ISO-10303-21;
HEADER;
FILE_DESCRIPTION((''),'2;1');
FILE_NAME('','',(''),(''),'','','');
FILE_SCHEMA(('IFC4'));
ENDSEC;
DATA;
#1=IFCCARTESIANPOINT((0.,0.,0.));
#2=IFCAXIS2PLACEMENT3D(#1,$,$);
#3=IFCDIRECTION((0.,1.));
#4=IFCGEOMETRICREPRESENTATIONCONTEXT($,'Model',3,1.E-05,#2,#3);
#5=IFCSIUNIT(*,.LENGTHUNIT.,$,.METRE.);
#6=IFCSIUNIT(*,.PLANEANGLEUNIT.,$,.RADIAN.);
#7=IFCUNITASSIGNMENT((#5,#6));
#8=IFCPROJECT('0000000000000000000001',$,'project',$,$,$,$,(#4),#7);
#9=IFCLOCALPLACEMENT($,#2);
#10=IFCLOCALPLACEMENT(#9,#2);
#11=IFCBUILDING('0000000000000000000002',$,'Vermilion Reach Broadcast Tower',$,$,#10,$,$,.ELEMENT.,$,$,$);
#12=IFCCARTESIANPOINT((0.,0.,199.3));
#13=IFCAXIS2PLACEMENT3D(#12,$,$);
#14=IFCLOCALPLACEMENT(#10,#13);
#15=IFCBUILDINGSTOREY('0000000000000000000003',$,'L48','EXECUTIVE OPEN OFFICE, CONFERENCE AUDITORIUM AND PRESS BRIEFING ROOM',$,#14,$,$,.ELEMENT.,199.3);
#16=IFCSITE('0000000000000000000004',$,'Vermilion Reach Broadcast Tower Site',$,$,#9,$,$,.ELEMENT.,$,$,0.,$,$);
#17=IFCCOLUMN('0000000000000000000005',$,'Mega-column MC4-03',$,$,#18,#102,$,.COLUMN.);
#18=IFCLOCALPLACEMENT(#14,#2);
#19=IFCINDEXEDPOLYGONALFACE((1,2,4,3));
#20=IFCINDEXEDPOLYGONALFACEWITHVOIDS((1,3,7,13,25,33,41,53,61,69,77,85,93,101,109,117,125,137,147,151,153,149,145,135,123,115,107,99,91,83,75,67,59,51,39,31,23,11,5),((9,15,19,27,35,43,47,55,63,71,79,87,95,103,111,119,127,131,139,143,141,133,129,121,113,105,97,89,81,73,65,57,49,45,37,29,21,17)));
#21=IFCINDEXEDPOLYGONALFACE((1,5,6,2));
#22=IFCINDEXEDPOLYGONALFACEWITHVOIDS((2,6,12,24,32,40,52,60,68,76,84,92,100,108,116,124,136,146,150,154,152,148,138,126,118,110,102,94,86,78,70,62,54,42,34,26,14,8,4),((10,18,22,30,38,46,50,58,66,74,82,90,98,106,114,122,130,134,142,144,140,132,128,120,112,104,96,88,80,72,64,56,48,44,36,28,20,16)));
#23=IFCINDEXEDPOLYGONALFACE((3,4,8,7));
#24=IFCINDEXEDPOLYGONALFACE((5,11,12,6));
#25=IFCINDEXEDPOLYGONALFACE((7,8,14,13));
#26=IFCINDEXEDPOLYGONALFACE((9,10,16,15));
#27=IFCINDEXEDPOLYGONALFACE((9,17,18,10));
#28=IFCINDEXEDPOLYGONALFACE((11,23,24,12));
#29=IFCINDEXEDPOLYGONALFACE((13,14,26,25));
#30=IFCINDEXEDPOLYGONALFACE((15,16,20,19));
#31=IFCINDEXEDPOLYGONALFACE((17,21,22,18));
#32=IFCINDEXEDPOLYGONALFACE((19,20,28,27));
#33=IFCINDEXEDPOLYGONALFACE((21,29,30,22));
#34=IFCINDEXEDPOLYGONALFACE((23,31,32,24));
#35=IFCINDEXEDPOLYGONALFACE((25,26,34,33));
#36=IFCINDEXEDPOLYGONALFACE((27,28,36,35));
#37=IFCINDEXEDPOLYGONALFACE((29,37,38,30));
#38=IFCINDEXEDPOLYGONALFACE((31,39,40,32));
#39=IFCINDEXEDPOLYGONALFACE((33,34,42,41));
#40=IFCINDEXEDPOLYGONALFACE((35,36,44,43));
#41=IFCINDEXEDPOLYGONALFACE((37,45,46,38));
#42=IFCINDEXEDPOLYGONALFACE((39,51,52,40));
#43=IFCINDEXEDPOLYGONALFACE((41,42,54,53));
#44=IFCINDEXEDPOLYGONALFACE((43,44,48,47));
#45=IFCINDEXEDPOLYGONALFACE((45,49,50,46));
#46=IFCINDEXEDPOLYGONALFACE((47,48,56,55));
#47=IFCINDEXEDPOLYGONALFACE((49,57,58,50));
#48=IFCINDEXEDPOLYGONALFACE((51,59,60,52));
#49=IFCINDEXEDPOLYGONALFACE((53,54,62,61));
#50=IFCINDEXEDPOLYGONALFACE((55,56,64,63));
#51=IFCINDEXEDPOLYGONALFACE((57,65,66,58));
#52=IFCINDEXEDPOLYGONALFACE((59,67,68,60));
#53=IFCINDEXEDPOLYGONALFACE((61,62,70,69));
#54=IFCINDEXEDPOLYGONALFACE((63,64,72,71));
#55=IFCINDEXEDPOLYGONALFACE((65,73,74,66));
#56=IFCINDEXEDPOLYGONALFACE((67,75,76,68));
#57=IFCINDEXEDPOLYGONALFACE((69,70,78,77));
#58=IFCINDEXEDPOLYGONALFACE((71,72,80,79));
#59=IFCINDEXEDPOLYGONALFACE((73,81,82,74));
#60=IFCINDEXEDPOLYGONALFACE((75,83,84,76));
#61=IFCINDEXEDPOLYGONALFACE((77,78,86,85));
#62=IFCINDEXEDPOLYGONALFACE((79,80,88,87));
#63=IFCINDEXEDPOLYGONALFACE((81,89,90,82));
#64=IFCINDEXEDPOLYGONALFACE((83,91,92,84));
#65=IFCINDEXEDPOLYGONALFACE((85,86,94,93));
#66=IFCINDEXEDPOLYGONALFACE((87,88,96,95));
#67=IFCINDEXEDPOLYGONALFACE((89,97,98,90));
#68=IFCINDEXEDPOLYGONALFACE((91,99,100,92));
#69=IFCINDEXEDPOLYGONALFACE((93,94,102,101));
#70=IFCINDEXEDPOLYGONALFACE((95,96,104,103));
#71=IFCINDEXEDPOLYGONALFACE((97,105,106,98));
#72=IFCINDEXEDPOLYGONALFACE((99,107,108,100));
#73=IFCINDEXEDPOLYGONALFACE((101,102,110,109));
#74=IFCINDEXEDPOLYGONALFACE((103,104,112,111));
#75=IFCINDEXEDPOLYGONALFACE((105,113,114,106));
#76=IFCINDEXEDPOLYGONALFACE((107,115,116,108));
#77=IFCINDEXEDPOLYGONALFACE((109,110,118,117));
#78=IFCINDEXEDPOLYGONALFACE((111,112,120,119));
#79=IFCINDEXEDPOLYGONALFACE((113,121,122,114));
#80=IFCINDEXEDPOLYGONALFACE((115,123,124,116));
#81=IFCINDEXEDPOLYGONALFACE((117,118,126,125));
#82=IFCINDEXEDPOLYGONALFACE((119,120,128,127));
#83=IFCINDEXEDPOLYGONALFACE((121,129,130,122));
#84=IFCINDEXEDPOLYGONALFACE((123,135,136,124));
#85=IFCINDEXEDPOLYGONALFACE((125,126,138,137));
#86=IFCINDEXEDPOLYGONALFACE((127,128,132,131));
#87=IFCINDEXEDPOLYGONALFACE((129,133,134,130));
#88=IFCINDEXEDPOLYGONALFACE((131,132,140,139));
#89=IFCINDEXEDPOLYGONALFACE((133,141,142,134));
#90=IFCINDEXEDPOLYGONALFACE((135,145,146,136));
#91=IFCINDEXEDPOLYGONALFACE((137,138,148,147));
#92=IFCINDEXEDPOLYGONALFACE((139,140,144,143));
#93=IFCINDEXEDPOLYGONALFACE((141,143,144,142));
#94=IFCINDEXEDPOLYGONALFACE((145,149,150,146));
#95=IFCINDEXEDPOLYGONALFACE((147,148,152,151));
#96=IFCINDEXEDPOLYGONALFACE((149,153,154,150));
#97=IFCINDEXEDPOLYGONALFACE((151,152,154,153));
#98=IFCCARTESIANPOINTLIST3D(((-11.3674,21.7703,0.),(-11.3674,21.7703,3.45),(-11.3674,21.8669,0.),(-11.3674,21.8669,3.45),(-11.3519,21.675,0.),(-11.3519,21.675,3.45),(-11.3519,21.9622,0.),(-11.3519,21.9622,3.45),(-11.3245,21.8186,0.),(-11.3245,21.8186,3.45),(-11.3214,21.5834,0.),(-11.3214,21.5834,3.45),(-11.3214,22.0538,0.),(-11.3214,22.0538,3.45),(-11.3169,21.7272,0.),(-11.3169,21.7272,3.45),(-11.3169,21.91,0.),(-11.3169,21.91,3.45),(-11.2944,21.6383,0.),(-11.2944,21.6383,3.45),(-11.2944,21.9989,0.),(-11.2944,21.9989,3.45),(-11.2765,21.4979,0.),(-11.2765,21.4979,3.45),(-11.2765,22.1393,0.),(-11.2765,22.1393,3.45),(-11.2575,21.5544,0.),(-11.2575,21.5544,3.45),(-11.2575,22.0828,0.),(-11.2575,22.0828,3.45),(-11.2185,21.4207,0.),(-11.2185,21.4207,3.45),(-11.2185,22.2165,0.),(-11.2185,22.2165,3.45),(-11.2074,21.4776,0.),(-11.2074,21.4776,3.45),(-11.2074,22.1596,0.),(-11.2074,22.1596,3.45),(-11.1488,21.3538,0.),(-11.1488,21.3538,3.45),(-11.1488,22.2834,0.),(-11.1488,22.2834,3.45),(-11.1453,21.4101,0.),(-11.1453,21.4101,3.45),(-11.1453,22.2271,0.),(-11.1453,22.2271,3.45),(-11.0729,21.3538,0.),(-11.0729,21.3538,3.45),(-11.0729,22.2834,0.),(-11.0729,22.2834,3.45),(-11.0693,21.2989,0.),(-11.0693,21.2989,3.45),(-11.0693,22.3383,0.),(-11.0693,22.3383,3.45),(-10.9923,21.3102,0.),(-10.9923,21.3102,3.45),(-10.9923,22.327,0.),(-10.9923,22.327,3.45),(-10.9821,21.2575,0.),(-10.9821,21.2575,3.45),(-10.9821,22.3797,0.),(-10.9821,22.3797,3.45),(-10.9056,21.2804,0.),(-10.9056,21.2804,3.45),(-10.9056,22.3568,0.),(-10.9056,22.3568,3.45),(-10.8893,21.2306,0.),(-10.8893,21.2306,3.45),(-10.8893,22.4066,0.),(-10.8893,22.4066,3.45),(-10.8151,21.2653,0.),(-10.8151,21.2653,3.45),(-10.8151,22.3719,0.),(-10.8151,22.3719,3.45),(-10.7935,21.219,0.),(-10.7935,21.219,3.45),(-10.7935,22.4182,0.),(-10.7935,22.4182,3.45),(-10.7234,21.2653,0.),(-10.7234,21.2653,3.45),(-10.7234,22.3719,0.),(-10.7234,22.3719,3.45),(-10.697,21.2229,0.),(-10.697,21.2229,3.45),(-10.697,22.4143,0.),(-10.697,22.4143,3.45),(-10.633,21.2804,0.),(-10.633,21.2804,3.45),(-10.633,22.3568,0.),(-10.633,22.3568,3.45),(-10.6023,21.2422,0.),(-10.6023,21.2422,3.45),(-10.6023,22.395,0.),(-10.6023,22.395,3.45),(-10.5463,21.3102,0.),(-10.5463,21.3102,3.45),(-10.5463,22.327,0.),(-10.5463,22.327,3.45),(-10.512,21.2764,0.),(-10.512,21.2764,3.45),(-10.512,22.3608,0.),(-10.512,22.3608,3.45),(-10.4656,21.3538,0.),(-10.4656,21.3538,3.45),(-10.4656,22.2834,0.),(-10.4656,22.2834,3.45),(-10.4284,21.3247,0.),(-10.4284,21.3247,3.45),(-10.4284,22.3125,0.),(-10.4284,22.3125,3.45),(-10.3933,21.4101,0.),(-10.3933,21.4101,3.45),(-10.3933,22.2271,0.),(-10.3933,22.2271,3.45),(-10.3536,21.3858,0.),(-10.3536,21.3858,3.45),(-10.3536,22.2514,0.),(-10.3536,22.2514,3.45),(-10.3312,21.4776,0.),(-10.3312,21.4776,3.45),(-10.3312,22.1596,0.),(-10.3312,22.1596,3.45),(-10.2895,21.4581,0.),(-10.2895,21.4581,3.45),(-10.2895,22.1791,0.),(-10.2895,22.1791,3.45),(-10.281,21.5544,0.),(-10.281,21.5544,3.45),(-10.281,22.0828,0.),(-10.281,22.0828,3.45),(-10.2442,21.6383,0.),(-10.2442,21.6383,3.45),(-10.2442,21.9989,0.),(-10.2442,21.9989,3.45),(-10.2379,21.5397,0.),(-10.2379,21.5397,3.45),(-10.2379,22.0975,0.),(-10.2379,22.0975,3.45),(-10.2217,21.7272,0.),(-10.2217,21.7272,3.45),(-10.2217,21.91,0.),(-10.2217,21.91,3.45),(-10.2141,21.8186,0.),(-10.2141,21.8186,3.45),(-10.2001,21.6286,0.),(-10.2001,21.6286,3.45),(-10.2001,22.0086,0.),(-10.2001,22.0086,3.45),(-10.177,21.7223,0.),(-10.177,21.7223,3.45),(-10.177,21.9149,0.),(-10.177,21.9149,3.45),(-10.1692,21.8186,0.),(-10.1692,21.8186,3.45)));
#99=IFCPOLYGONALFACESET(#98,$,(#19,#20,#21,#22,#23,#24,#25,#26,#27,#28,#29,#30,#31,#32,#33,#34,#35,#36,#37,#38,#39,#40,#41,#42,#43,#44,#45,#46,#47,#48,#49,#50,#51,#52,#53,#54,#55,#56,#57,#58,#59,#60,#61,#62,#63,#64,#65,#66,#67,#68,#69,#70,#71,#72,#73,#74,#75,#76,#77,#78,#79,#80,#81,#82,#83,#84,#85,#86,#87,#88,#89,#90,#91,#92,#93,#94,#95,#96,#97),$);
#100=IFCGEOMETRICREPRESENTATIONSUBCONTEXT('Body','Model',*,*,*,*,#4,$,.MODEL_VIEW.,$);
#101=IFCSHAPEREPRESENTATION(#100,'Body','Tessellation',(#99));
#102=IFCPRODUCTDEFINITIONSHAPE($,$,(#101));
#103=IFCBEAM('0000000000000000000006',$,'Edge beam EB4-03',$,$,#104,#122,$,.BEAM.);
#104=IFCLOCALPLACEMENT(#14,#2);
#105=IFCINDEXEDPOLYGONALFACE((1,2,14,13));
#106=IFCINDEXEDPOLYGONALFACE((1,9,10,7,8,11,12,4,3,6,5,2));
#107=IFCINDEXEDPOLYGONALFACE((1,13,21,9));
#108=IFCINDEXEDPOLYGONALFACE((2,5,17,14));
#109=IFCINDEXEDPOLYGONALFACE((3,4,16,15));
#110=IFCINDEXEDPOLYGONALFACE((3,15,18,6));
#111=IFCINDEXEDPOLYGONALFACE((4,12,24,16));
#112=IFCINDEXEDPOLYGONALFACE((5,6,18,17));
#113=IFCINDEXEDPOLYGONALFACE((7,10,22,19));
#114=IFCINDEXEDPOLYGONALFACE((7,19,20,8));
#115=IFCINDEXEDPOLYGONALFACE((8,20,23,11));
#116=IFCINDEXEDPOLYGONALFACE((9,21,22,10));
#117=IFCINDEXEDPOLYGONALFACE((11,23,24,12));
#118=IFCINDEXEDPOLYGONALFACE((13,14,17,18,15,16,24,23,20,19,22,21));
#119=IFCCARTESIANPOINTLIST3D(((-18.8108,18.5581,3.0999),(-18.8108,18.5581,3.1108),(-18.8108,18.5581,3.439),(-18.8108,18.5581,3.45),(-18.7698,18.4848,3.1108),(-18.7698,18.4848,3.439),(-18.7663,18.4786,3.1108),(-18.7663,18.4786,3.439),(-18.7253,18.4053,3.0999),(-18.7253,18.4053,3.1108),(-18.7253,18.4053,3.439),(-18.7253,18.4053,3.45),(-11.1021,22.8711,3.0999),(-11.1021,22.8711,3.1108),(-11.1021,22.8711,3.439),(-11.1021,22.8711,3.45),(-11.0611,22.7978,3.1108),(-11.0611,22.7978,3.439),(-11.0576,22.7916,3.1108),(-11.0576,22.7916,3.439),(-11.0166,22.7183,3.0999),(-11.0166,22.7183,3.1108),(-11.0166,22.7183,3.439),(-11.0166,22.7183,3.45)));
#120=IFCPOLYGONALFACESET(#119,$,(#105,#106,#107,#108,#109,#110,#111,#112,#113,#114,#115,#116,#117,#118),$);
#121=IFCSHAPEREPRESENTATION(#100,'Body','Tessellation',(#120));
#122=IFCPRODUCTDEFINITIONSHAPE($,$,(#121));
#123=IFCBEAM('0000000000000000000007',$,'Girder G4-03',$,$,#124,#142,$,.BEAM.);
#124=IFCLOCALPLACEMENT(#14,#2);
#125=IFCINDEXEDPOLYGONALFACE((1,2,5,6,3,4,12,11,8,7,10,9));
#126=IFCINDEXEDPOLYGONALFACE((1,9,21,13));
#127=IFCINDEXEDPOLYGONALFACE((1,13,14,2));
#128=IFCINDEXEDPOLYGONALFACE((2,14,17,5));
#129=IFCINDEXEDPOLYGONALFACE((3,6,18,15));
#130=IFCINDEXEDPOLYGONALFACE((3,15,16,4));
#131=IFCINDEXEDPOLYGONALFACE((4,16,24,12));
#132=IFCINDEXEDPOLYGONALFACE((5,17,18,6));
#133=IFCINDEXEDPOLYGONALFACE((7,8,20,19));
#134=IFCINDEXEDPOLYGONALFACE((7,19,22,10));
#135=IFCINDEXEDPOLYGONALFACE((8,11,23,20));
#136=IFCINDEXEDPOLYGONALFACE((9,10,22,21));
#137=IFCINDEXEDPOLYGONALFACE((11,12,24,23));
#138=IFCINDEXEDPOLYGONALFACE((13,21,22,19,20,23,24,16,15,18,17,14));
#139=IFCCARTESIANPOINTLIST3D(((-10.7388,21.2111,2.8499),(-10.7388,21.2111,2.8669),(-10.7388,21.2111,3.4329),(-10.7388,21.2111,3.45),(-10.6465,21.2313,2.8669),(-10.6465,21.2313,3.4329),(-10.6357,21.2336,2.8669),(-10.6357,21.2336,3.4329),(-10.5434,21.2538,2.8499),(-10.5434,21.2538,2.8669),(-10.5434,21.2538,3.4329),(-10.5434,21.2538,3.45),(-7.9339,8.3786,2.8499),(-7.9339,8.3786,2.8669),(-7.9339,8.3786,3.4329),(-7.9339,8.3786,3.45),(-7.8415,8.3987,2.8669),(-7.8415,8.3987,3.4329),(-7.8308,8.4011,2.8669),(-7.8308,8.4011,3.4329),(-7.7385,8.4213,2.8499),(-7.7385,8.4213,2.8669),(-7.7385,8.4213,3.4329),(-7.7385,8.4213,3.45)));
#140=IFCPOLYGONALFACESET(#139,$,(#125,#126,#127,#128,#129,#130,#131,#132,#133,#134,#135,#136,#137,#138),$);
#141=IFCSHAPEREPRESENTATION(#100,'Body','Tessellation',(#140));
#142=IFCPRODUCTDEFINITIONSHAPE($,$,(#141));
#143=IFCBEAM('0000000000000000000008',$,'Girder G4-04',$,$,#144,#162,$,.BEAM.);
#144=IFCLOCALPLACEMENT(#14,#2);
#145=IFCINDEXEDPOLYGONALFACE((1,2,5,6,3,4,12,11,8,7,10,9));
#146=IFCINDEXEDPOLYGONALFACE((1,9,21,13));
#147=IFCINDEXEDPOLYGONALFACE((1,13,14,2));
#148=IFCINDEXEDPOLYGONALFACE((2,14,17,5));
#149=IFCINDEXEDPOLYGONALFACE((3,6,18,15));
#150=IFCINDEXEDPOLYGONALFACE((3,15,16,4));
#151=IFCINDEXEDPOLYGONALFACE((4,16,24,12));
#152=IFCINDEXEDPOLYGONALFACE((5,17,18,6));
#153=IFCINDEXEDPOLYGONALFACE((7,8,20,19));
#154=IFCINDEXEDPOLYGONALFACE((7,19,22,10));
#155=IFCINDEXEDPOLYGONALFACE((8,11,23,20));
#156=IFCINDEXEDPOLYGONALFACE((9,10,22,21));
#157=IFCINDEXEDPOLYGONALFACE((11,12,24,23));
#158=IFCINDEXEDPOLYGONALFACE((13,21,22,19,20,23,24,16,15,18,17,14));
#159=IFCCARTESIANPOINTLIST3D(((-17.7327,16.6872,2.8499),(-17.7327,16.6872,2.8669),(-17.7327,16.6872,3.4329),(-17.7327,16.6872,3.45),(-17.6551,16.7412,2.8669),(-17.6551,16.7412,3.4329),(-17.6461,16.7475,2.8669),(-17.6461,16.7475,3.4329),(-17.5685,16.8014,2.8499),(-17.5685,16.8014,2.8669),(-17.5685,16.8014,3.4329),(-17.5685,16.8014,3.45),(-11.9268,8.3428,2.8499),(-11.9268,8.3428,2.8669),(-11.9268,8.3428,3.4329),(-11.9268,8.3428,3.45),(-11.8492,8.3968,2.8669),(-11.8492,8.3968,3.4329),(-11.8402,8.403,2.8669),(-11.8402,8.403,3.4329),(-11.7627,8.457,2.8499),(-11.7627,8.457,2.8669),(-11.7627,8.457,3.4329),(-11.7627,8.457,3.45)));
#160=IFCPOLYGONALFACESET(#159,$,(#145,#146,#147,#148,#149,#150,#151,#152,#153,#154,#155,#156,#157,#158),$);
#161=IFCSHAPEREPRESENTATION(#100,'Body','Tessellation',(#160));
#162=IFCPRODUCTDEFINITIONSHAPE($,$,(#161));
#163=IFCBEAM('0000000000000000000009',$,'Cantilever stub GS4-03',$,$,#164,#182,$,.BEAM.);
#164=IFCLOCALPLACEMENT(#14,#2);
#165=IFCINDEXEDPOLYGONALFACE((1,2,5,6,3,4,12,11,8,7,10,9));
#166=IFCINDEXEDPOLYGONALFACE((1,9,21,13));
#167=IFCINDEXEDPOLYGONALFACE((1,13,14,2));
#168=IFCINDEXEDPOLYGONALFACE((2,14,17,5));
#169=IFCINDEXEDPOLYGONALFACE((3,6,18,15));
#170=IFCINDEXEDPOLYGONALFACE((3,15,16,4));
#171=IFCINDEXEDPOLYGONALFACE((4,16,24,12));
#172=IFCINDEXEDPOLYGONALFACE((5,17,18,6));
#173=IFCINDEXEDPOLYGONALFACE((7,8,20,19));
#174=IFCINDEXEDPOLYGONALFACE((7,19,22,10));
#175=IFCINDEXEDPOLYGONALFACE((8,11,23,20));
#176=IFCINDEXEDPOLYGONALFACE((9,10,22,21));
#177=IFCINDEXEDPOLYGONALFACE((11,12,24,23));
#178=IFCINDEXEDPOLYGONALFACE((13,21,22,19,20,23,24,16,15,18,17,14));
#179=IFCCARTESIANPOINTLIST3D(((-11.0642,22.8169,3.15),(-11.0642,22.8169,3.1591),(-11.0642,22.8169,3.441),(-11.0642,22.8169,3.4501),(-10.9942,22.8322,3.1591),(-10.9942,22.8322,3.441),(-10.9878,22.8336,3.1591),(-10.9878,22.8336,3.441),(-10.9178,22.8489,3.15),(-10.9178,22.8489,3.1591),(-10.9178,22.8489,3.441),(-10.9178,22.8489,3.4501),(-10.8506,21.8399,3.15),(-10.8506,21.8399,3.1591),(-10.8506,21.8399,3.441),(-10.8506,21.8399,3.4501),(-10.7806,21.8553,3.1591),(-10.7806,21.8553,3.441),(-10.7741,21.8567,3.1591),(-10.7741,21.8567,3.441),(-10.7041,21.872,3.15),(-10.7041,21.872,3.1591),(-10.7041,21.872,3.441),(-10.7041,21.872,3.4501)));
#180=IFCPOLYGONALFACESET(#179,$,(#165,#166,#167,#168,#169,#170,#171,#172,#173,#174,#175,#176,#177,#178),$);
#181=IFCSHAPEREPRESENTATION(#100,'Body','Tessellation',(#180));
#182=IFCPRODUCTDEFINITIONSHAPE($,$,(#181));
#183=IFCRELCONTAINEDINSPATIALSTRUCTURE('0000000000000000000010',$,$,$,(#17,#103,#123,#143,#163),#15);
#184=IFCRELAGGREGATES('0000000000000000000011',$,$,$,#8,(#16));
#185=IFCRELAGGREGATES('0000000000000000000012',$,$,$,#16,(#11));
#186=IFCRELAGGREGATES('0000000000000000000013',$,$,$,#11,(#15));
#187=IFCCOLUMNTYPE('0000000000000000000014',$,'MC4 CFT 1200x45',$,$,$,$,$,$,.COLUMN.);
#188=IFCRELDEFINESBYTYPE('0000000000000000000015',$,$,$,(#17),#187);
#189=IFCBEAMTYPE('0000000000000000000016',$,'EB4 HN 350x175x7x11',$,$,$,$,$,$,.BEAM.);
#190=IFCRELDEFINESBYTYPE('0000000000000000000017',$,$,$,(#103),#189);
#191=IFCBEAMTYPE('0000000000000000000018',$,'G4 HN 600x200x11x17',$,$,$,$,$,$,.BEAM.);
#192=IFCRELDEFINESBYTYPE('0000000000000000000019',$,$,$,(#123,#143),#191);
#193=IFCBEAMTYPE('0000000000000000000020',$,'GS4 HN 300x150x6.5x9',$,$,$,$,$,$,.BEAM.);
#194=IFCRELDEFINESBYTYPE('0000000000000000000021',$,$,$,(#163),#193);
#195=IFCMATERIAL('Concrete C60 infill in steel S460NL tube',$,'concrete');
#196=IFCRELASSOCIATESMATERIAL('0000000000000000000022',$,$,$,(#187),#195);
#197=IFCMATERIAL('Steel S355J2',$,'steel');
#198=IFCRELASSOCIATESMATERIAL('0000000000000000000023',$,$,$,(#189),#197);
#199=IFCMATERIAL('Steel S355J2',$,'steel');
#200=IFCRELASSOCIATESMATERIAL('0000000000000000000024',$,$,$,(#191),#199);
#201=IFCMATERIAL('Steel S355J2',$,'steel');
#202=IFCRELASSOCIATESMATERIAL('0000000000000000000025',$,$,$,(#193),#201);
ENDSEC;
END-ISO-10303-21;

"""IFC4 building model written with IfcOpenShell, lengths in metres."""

from ifc_helpers import new_model, si_unit, direction, frame, origin, origin_2d, place, context, subcontext, project, spatial, hollow_circle, i_section, extrude, material, material_profile, profile_set, type_object, element, save


model = new_model("IFC4")

# Units and contexts
model_context = context("Model", 3, precision=1e-05, world=origin(), true_north=direction((0.0, 1.0)))
body_context = subcontext(model_context, "Body", "Model", "MODEL_VIEW")
ifc_project = project(units=[si_unit("LENGTHUNIT", "METRE"), si_unit("PLANEANGLEUNIT", "RADIAN")], contexts=[model_context])

# Site, building, storey
site_placement = place(None, origin())
site = spatial("IfcSite", under=ifc_project, at=site_placement, Name="Vermilion Reach Broadcast Tower Site", CompositionType="ELEMENT", RefElevation=0.0)
building_placement = place(site_placement, origin())
building = spatial("IfcBuilding", under=site, at=building_placement, Name="Vermilion Reach Broadcast Tower", CompositionType="ELEMENT")
storey_placement = place(building_placement, frame((0.0, 0.0, 199.3)))
storey = spatial("IfcBuildingStorey", under=building, at=storey_placement, Name="L48", Description="EXECUTIVE OPEN OFFICE, CONFERENCE AUDITORIUM AND PRESS BRIEFING ROOM", CompositionType="ELEMENT", Elevation=199.3)

# Column
ifc_material_1 = material(Name="Concrete C60 infill in steel S460NL tube", Category="concrete")
ifc_material_profile_1 = material_profile(ifc_material_1, hollow_circle(Radius=0.6001, WallThickness=0.0449, at=origin_2d()), Name="Concrete C60 infill in steel S460NL tube CFT 1200x45")
ifc_profile_set_1 = profile_set([ifc_material_profile_1], Name="Concrete C60 infill in steel S460NL tube")
column_type = type_object("IfcColumnType", Name="MC4 CFT 1200x45", PredefinedType="COLUMN", material=ifc_profile_set_1)
column_placement = place(storey_placement, frame((-10.7693, 21.8186, 0.0), z_axis=(0.0, 0.0, 1.0), x_axis=(1.0, 0.0, 0.0)))
element("IfcColumn", 1, at=column_placement, inside=storey, type_object=column_type, Name="Mega-column MC4-03", PredefinedType="COLUMN", context=body_context, shape_type="SweptSolid", body=[
    extrude(hollow_circle(Radius=0.6001, WallThickness=0.0449, at=origin_2d()), origin(), (0.0, 0.0, 1.0), 3.45),
])

# Beams
ifc_material_2 = material(Name="Steel S355J2", Category="steel")
ifc_material_profile_2 = material_profile(ifc_material_2, i_section(OverallWidth=0.175, OverallDepth=0.3501, WebThickness=0.0071, FlangeThickness=0.011, at=origin_2d()), Name="S355J2 HN 350x175x7x11")
ifc_profile_set_2 = profile_set([ifc_material_profile_2], Name="Steel S355J2")
beam_type_1 = type_object("IfcBeamType", Name="EB4 HN 350x175x7x11", PredefinedType="BEAM", material=ifc_profile_set_2)
beam_1_placement = place(storey_placement, frame((-11.0593, 22.7947, 3.2749), z_axis=(-0.872694, -0.488267, 0.0), x_axis=(0.488267, -0.872694, 0.0)))
element("IfcBeam", 2, at=beam_1_placement, inside=storey, type_object=beam_type_1, Name="Edge beam EB4-03", PredefinedType="BEAM", context=body_context, shape_type="SweptSolid", body=[
    extrude(i_section(OverallWidth=0.175, OverallDepth=0.3501, WebThickness=0.0071, FlangeThickness=0.011, at=origin_2d()), origin(), (0.0, 0.0, 1.0), 8.8333),
])
ifc_material_3 = material(Name="Steel S355J2", Category="steel")
ifc_material_profile_3 = material_profile(ifc_material_3, i_section(OverallWidth=0.2, OverallDepth=0.6001, WebThickness=0.011, FlangeThickness=0.0171, at=origin_2d()), Name="S355J2 HN 600x200x11x17")
ifc_profile_set_3 = profile_set([ifc_material_profile_3], Name="Steel S355J2")
beam_type_2 = type_object("IfcBeamType", Name="G4 HN 600x200x11x17", PredefinedType="BEAM", material=ifc_profile_set_3)
beam_2_placement = place(storey_placement, frame((-7.8362, 8.3999, 3.1499), z_axis=(-0.213538, 0.976935, 0.0), x_axis=(-0.976935, -0.213538, 0.0)))
element("IfcBeam", 3, at=beam_2_placement, inside=storey, type_object=beam_type_2, Name="Girder G4-03", PredefinedType="BEAM", context=body_context, shape_type="SweptSolid", body=[
    extrude(i_section(OverallWidth=0.2, OverallDepth=0.6001, WebThickness=0.011, FlangeThickness=0.0171, at=origin_2d()), origin(), (0.0, 0.0, 1.0), 13.1355),
])
beam_3_placement = place(storey_placement, frame((-11.8447, 8.3999, 3.1499), z_axis=(-0.571134, 0.820857, 0.0), x_axis=(-0.820857, -0.571134, 0.0)))
element("IfcBeam", 4, at=beam_3_placement, inside=storey, type_object=beam_type_2, Name="Girder G4-04", PredefinedType="BEAM", context=body_context, shape_type="SweptSolid", body=[
    extrude(i_section(OverallWidth=0.2, OverallDepth=0.6001, WebThickness=0.011, FlangeThickness=0.0171, at=origin_2d()), origin(), (0.0, 0.0, 1.0), 10.1655),
])
ifc_material_4 = material(Name="Steel S355J2", Category="steel")
ifc_material_profile_4 = material_profile(ifc_material_4, i_section(OverallWidth=0.1499, OverallDepth=0.3, WebThickness=0.0066, FlangeThickness=0.009, at=origin_2d()), Name="S355J2 HN 300x150x6.5x9")
ifc_profile_set_4 = profile_set([ifc_material_profile_4], Name="Steel S355J2")
beam_type_3 = type_object("IfcBeamType", Name="GS4 HN 300x150x6.5x9", PredefinedType="BEAM", material=ifc_profile_set_4)
beam_4_placement = place(storey_placement, frame((-10.7773, 21.856, 3.3), z_axis=(-0.213646, 0.976911, 0.0), x_axis=(-0.976911, -0.213646, 0.0)))
element("IfcBeam", 5, at=beam_4_placement, inside=storey, type_object=beam_type_3, Name="Cantilever stub GS4-03", PredefinedType="BEAM", context=body_context, shape_type="SweptSolid", body=[
    extrude(i_section(OverallWidth=0.1499, OverallDepth=0.3, WebThickness=0.0066, FlangeThickness=0.009, at=origin_2d()), origin(), (0.0, 0.0, 1.0), 1.0),
])

save(model, "model.ifc")
